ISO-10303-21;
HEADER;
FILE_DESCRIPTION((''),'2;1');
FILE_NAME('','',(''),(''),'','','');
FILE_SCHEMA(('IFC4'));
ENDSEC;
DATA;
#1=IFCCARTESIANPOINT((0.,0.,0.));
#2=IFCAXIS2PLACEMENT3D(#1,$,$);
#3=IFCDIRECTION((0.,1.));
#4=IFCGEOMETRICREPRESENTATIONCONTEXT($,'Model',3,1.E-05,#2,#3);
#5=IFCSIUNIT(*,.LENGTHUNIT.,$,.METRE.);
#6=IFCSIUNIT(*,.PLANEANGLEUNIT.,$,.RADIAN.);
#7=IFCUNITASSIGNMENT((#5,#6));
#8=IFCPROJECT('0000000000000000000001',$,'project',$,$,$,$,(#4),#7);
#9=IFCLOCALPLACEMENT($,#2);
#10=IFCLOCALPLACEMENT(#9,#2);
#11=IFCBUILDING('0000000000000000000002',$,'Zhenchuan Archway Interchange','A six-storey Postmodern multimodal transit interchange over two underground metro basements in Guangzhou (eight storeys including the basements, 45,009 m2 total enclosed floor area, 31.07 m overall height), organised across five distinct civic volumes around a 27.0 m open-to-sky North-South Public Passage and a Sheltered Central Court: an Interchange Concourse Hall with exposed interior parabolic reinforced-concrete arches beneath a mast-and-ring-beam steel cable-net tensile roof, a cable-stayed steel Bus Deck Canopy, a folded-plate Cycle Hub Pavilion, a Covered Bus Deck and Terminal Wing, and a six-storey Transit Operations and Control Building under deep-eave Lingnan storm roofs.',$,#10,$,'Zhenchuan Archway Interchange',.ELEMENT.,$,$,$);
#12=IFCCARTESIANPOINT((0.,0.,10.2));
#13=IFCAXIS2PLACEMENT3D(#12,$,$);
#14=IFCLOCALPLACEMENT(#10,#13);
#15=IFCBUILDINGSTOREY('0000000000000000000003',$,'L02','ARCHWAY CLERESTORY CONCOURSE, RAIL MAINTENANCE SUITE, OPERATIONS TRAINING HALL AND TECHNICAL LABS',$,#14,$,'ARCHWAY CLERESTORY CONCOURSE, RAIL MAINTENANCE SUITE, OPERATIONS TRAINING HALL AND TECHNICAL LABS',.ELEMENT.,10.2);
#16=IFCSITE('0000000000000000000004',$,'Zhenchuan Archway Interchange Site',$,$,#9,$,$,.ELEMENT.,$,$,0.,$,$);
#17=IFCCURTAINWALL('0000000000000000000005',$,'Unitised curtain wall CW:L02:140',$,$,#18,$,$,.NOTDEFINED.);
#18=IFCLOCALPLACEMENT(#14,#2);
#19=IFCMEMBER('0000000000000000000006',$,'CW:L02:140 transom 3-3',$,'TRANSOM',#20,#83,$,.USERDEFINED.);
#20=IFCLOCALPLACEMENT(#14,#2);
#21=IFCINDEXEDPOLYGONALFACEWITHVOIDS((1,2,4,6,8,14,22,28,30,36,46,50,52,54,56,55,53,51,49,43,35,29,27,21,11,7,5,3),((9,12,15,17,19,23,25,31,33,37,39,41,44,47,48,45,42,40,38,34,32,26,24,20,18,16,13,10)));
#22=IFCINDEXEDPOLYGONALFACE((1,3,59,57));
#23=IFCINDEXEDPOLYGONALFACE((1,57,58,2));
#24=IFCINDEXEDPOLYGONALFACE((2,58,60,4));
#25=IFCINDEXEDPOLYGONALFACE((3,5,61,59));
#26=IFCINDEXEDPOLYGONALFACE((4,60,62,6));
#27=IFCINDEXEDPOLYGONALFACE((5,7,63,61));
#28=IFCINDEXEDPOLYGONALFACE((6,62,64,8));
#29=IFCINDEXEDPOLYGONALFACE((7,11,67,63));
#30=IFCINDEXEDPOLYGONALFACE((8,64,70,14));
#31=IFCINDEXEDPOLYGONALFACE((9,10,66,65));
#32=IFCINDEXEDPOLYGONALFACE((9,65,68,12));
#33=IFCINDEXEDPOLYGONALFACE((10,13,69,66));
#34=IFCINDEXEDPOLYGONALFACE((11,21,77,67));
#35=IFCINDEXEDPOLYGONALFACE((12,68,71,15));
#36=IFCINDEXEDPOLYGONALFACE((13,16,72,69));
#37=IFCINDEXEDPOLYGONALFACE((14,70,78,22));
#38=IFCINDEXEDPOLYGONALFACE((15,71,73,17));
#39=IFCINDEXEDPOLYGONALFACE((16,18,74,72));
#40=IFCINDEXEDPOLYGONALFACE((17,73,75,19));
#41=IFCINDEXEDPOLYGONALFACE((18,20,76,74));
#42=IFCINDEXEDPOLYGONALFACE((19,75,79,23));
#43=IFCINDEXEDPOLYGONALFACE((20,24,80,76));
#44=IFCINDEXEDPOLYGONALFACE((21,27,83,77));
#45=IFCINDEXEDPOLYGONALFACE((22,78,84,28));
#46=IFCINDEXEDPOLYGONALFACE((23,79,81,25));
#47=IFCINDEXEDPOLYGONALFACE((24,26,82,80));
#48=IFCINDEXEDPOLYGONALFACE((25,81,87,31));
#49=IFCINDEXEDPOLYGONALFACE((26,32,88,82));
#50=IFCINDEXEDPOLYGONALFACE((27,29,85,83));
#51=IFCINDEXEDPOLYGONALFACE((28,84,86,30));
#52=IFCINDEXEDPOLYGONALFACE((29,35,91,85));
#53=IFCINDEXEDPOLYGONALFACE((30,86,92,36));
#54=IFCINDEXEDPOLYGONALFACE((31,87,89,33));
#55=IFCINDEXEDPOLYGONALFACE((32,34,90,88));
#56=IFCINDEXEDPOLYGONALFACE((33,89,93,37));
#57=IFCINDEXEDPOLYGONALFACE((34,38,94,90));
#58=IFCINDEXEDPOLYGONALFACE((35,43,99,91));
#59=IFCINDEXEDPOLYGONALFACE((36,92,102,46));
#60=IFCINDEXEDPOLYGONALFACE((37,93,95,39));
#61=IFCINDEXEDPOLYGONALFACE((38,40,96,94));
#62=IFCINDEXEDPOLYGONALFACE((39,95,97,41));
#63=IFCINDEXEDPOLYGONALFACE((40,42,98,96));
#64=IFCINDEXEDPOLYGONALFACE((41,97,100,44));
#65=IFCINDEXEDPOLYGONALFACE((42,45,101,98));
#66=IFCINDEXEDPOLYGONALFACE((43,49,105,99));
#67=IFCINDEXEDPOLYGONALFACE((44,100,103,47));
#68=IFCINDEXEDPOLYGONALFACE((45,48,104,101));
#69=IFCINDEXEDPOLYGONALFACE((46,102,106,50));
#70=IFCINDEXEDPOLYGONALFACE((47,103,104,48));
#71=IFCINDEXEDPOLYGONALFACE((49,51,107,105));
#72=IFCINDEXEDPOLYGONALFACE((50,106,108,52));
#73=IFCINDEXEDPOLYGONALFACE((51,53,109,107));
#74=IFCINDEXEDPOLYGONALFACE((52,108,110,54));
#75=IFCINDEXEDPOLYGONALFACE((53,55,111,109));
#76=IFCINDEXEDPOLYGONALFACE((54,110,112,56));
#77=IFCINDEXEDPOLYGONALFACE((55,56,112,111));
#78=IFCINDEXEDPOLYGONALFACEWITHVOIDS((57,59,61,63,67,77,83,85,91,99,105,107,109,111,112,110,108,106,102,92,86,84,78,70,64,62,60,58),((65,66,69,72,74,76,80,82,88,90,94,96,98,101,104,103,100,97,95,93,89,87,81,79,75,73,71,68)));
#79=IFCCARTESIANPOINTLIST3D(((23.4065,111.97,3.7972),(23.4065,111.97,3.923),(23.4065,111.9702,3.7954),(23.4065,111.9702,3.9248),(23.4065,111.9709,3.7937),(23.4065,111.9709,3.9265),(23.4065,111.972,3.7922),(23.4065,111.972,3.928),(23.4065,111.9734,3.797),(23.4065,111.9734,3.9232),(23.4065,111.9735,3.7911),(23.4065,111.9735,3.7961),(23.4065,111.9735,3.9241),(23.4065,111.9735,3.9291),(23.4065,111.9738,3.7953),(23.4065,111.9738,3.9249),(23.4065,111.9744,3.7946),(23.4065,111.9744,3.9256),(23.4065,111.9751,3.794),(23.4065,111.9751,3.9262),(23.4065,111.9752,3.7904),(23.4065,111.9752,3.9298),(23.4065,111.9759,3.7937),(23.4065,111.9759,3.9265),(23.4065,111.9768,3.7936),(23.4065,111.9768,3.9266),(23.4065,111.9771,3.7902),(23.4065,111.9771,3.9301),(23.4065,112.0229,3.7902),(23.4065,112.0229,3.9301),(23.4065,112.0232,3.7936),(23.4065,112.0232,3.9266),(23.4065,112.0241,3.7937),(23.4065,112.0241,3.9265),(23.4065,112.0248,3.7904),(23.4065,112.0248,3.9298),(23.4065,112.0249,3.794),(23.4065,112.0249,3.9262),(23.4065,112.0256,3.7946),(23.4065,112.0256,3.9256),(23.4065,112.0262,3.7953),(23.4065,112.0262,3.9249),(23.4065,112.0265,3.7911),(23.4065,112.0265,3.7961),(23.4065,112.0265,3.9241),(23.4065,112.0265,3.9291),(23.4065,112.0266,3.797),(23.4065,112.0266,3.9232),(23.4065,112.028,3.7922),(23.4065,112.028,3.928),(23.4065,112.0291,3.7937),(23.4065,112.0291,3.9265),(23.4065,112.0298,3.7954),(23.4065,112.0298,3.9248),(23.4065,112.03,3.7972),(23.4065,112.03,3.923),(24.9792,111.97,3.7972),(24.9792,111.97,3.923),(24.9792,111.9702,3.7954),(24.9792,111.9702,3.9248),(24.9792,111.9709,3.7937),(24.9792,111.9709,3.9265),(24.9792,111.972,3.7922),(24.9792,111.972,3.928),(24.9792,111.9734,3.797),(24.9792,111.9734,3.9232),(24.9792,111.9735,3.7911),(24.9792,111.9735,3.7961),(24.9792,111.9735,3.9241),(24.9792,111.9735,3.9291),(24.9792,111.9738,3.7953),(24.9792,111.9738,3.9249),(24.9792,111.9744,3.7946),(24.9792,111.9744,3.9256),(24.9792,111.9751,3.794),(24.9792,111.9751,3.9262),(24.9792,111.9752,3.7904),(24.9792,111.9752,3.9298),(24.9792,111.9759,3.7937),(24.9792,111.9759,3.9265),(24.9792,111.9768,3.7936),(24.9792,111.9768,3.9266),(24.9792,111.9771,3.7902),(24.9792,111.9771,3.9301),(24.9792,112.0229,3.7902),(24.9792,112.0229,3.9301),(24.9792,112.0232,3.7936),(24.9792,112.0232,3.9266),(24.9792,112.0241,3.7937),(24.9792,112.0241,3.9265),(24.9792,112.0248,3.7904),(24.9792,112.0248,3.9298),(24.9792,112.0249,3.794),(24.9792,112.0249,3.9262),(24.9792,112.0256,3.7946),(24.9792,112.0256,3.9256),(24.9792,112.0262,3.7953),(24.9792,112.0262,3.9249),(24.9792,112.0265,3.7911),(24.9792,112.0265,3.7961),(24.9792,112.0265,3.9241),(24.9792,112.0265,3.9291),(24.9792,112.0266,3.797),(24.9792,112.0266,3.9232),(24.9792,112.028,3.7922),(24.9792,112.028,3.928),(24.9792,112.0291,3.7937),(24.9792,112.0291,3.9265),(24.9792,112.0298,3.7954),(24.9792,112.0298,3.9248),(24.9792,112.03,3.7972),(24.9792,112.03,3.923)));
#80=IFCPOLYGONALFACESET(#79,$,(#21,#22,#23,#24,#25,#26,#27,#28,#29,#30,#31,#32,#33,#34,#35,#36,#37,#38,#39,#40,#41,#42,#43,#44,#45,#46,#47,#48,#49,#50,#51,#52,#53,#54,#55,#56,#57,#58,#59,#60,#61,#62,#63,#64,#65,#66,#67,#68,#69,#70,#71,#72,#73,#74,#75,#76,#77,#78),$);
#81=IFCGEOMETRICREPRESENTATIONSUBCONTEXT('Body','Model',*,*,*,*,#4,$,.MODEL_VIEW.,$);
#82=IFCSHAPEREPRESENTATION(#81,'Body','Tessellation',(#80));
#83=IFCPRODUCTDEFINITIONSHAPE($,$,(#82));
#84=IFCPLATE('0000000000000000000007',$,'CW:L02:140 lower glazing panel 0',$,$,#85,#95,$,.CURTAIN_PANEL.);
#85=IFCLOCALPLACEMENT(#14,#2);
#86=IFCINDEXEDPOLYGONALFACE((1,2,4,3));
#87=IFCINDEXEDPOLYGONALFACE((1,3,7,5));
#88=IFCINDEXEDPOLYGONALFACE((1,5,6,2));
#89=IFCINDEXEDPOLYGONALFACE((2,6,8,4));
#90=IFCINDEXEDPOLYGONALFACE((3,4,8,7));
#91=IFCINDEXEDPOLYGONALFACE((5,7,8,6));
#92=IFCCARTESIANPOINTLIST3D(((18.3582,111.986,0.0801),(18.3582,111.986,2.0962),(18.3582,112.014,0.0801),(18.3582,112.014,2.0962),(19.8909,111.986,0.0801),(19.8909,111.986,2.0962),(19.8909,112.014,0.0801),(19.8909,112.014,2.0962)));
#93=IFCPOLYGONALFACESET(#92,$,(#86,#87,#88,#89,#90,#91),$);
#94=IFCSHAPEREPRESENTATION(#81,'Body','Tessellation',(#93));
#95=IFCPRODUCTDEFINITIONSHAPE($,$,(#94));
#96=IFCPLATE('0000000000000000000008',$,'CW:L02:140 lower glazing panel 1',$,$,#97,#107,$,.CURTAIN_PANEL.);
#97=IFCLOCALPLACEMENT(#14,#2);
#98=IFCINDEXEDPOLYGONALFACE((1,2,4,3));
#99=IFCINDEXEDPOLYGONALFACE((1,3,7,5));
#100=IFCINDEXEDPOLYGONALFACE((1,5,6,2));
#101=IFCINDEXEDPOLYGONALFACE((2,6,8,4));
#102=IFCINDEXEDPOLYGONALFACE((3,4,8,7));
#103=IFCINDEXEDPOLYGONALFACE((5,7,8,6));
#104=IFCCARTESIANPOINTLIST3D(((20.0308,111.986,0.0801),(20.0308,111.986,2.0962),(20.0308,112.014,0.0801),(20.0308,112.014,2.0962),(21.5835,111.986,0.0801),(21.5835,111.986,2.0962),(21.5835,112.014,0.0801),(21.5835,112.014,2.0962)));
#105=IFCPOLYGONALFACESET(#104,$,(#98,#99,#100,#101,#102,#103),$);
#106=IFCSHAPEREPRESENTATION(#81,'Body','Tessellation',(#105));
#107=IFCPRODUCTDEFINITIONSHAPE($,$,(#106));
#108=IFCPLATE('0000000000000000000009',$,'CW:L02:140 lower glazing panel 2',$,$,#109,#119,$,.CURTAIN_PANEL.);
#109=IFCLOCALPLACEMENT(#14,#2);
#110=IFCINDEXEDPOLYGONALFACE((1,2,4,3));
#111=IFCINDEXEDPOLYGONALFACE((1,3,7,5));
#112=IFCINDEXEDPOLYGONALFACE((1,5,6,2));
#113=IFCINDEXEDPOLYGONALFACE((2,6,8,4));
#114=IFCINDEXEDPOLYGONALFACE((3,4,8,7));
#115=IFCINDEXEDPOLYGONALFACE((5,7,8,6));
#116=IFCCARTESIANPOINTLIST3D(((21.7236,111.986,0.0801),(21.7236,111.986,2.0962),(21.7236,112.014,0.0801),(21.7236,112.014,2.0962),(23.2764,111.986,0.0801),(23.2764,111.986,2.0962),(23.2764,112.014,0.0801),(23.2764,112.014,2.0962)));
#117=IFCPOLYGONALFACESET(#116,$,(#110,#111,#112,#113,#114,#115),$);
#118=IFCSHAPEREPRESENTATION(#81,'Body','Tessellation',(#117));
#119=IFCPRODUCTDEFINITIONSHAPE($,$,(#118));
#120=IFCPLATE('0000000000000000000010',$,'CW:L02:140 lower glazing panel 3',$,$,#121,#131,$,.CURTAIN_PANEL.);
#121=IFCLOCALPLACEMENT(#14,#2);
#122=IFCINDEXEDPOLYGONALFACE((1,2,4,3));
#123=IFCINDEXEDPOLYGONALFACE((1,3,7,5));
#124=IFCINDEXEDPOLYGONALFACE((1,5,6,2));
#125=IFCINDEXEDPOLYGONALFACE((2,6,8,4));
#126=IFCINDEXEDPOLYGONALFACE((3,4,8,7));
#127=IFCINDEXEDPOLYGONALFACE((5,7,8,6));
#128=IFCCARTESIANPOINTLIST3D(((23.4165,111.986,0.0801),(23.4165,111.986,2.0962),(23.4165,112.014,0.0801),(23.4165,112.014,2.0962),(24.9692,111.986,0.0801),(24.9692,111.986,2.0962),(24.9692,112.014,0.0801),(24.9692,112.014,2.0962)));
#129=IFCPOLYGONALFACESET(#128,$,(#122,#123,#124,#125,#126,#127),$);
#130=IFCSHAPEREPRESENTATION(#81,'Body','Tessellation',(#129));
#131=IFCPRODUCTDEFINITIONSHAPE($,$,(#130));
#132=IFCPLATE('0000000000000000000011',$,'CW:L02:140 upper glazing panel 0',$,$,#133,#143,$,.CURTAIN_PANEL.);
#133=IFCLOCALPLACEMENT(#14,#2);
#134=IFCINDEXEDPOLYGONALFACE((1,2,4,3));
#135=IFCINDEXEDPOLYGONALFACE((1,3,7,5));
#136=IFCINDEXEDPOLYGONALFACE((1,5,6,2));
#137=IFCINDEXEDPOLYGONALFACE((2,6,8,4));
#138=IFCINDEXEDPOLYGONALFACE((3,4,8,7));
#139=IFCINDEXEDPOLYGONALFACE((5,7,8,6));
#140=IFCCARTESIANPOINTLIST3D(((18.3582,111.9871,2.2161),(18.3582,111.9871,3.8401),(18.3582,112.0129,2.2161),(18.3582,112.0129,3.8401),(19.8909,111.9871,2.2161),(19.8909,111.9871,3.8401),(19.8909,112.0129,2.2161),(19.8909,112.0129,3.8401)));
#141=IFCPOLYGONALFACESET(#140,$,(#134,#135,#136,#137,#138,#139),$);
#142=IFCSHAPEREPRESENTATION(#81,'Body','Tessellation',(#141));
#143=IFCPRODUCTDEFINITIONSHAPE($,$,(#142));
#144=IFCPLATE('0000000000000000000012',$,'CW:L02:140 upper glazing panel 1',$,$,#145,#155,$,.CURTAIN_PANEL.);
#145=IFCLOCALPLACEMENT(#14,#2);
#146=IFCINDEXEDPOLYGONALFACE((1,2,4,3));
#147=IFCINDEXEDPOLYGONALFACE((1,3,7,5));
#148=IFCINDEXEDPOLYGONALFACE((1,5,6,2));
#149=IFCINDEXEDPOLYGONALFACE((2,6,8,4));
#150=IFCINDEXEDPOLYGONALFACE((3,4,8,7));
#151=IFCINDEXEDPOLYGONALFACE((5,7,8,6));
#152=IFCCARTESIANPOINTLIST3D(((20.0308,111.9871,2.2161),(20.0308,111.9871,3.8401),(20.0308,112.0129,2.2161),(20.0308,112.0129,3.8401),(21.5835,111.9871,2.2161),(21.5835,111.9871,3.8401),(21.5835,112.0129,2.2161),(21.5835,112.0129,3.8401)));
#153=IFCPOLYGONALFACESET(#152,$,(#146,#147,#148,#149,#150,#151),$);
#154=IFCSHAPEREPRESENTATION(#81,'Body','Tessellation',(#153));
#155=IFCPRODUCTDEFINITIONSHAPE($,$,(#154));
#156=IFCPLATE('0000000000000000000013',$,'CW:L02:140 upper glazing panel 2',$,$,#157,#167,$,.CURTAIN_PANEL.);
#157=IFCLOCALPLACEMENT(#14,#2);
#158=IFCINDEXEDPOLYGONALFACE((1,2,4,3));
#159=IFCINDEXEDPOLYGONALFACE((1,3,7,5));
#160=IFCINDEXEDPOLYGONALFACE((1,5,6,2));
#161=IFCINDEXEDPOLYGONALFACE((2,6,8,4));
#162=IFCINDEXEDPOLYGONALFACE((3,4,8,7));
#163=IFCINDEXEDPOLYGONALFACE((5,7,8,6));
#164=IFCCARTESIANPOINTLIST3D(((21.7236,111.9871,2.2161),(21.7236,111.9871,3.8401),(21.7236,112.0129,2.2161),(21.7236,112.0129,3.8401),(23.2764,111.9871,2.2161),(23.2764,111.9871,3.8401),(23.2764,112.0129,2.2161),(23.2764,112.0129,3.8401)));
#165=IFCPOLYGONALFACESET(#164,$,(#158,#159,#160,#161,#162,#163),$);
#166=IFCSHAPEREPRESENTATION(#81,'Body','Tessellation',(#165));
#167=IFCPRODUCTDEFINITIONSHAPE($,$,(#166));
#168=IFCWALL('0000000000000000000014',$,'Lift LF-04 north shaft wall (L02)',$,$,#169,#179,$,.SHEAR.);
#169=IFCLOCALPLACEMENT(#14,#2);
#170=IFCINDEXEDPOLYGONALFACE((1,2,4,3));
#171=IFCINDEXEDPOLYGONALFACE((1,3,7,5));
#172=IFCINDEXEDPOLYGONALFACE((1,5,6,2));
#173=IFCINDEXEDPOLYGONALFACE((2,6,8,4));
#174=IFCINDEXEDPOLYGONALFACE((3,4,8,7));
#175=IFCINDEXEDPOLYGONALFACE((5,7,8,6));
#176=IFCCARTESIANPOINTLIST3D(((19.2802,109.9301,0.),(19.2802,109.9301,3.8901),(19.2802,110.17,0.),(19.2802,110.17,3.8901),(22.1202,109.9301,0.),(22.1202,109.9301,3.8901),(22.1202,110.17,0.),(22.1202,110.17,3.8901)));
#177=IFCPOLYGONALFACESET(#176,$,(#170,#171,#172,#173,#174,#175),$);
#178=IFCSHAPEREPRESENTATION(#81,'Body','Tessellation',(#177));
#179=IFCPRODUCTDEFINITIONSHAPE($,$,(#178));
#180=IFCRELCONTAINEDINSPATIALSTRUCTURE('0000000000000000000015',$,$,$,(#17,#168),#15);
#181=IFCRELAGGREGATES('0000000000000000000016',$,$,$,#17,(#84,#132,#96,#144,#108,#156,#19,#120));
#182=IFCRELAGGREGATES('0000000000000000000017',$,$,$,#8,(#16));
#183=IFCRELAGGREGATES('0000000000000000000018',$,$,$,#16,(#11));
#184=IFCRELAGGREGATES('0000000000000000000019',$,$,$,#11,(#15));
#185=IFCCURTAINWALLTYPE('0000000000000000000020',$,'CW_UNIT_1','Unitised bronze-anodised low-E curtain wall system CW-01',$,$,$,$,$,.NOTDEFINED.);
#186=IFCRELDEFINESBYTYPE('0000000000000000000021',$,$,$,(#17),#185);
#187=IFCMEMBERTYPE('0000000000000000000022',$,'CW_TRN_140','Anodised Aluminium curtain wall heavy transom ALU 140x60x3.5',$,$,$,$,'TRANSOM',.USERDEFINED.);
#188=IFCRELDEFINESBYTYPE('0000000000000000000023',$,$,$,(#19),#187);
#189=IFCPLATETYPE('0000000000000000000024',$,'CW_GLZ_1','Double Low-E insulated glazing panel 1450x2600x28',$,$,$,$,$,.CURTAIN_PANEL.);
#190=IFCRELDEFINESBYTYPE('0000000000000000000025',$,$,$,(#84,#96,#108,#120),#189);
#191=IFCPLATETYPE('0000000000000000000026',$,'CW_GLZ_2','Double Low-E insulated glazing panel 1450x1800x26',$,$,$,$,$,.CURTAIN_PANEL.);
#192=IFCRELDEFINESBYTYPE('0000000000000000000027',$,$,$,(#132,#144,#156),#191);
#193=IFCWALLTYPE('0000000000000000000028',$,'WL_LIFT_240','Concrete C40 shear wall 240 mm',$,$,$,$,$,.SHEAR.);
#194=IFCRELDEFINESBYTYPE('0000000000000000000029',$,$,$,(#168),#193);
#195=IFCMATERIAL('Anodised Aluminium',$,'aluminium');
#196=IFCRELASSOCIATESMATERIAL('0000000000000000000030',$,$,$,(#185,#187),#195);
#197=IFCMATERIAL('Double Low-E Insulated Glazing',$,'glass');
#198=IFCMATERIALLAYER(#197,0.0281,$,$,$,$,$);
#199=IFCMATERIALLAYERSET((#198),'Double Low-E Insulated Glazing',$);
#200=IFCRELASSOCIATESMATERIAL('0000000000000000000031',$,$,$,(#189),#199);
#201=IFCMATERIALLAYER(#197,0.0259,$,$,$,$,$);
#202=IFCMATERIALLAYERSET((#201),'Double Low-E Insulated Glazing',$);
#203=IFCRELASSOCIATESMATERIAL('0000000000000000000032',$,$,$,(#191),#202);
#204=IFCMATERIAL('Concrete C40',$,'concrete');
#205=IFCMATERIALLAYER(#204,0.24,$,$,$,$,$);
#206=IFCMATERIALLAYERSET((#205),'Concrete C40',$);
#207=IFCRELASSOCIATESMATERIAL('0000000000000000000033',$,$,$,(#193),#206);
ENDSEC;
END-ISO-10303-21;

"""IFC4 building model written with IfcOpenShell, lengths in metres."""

from ifc_helpers import new_model, si_unit, direction, frame, frame_2d, origin, origin_2d, place, context, subcontext, project, spatial, rectangle, hollow_rectangle, extrude, material, layer, layer_set, material_profile, profile_set, type_object, element, aggregate, save


model = new_model("IFC4")

# Units and contexts
model_context = context("Model", 3, precision=1e-05, world=origin(), true_north=direction((0.0, 1.0)))
body_context = subcontext(model_context, "Body", "Model", "MODEL_VIEW")
ifc_project = project(units=[si_unit("LENGTHUNIT", "METRE"), si_unit("PLANEANGLEUNIT", "RADIAN")], contexts=[model_context])

# Site, building, storey
site_placement = place(None, origin())
site = spatial("IfcSite", under=ifc_project, at=site_placement, Name="Zhenchuan Archway Interchange Site", CompositionType="ELEMENT", RefElevation=0.0)
building_placement = place(site_placement, origin())
building = spatial("IfcBuilding", under=site, at=building_placement, Name="Zhenchuan Archway Interchange", Description="A six-storey Postmodern multimodal transit interchange over two underground metro basements in Guangzhou (eight storeys including the basements, 45,009 m2 total enclosed floor area, 31.07 m overall height), organised across five distinct civic volumes around a 27.0 m open-to-sky North-South Public Passage and a Sheltered Central Court: an Interchange Concourse Hall with exposed interior parabolic reinforced-concrete arches beneath a mast-and-ring-beam steel cable-net tensile roof, a cable-stayed steel Bus Deck Canopy, a folded-plate Cycle Hub Pavilion, a Covered Bus Deck and Terminal Wing, and a six-storey Transit Operations and Control Building under deep-eave Lingnan storm roofs.", LongName="Zhenchuan Archway Interchange", CompositionType="ELEMENT")
storey_placement = place(building_placement, frame((0.0, 0.0, 10.2)))
storey = spatial("IfcBuildingStorey", under=building, at=storey_placement, Name="L02", Description="ARCHWAY CLERESTORY CONCOURSE, RAIL MAINTENANCE SUITE, OPERATIONS TRAINING HALL AND TECHNICAL LABS", LongName="ARCHWAY CLERESTORY CONCOURSE, RAIL MAINTENANCE SUITE, OPERATIONS TRAINING HALL AND TECHNICAL LABS", CompositionType="ELEMENT", Elevation=10.2)

# Curtain wall, member, plates
ifc_material_1 = material(Name="Anodised Aluminium", Category="aluminium")
curtain_wall_type = type_object("IfcCurtainWallType", Name="CW_UNIT_1", Description="Unitised bronze-anodised low-E curtain wall system CW-01", PredefinedType="NOTDEFINED", material=ifc_material_1)
curtain_wall_placement = place(storey_placement, origin())
curtain_wall = element("IfcCurtainWall", 1, at=curtain_wall_placement, inside=storey, type_object=curtain_wall_type, Name="Unitised curtain wall CW:L02:140", PredefinedType="NOTDEFINED")
ifc_material_profile_1 = material_profile(ifc_material_1, hollow_rectangle(XDim=0.0601, YDim=0.1399, WallThickness=0.0034, InnerFilletRadius=0.0034, OuterFilletRadius=0.0071, at=origin_2d()), Name="ALU 140x60x3.5")
ifc_profile_set_1 = profile_set([ifc_material_profile_1], Name="Anodised Aluminium")
member_type_1 = type_object("IfcMemberType", Name="CW_TRN_140", Description="Anodised Aluminium curtain wall heavy transom ALU 140x60x3.5", ElementType="TRANSOM", PredefinedType="USERDEFINED", material=ifc_profile_set_1)
member_1_placement = place(storey_placement, frame((23.4065, 112.0, 3.8601), z_axis=(1.0, 0.0, 0.0), x_axis=(0.0, 1.0, 0.0)))
member_1 = element("IfcMember", 2, at=member_1_placement, type_object=member_type_1, Name="CW:L02:140 transom 3-3", ObjectType="TRANSOM", PredefinedType="USERDEFINED", context=body_context, shape_type="SweptSolid", body=[
    extrude(hollow_rectangle(XDim=0.0601, YDim=0.1399, WallThickness=0.0034, InnerFilletRadius=0.0034, OuterFilletRadius=0.0071, at=origin_2d()), origin(), (0.0, 0.0, 1.0), 1.5728),
])
ifc_material_2 = material(Name="Double Low-E Insulated Glazing", Category="glass")
ifc_layer_1 = layer(ifc_material_2, 0.0281)
ifc_layer_set_1 = layer_set([ifc_layer_1], Name="Double Low-E Insulated Glazing")
plate_type_1 = type_object("IfcPlateType", Name="CW_GLZ_1", Description="Double Low-E insulated glazing panel 1450x2600x28", PredefinedType="CURTAIN_PANEL", material=ifc_layer_set_1)
plate_1_placement = place(storey_placement, frame((19.1245, 112.0, 0.0801), z_axis=(0.0, 0.0, 1.0), x_axis=(1.0, 0.0, 0.0)))
plate_1 = element("IfcPlate", 3, at=plate_1_placement, type_object=plate_type_1, Name="CW:L02:140 lower glazing panel 0", PredefinedType="CURTAIN_PANEL", context=body_context, shape_type="SweptSolid", body=[
    extrude(rectangle(XDim=1.5327, YDim=0.0281, at=origin_2d()), origin(), (0.0, 0.0, 1.0), 2.0161),
])
plate_2_placement = place(storey_placement, frame((20.8071, 112.0, 0.0801), z_axis=(0.0, 0.0, 1.0), x_axis=(1.0, 0.0, 0.0)))
plate_2 = element("IfcPlate", 4, at=plate_2_placement, type_object=plate_type_1, Name="CW:L02:140 lower glazing panel 1", PredefinedType="CURTAIN_PANEL", context=body_context, shape_type="SweptSolid", body=[
    extrude(rectangle(XDim=1.5527, YDim=0.0281, at=origin_2d()), origin(), (0.0, 0.0, 1.0), 2.0161),
])
plate_3_placement = place(storey_placement, frame((22.5, 112.0, 0.0801), z_axis=(0.0, 0.0, 1.0), x_axis=(1.0, 0.0, 0.0)))
plate_3 = element("IfcPlate", 5, at=plate_3_placement, type_object=plate_type_1, Name="CW:L02:140 lower glazing panel 2", PredefinedType="CURTAIN_PANEL", context=body_context, shape_type="SweptSolid", body=[
    extrude(rectangle(XDim=1.5527, YDim=0.0281, at=origin_2d()), origin(), (0.0, 0.0, 1.0), 2.0161),
])
plate_4_placement = place(storey_placement, frame((24.1929, 112.0, 0.0801), z_axis=(0.0, 0.0, 1.0), x_axis=(1.0, 0.0, 0.0)))
plate_4 = element("IfcPlate", 6, at=plate_4_placement, type_object=plate_type_1, Name="CW:L02:140 lower glazing panel 3", PredefinedType="CURTAIN_PANEL", context=body_context, shape_type="SweptSolid", body=[
    extrude(rectangle(XDim=1.5527, YDim=0.0281, at=origin_2d()), origin(), (0.0, 0.0, 1.0), 2.0161),
])
ifc_layer_2 = layer(ifc_material_2, 0.0259)
ifc_layer_set_2 = layer_set([ifc_layer_2], Name="Double Low-E Insulated Glazing")
plate_type_2 = type_object("IfcPlateType", Name="CW_GLZ_2", Description="Double Low-E insulated glazing panel 1450x1800x26", PredefinedType="CURTAIN_PANEL", material=ifc_layer_set_2)
plate_5_placement = place(storey_placement, frame((19.1245, 112.0, 2.2161), z_axis=(0.0, 0.0, 1.0), x_axis=(1.0, 0.0, 0.0)))
plate_5 = element("IfcPlate", 7, at=plate_5_placement, type_object=plate_type_2, Name="CW:L02:140 upper glazing panel 0", PredefinedType="CURTAIN_PANEL", context=body_context, shape_type="SweptSolid", body=[
    extrude(rectangle(XDim=1.5327, YDim=0.0259, at=origin_2d()), origin(), (0.0, 0.0, 1.0), 1.624),
])
plate_6_placement = place(storey_placement, frame((20.8071, 112.0, 2.2161), z_axis=(0.0, 0.0, 1.0), x_axis=(1.0, 0.0, 0.0)))
plate_6 = element("IfcPlate", 8, at=plate_6_placement, type_object=plate_type_2, Name="CW:L02:140 upper glazing panel 1", PredefinedType="CURTAIN_PANEL", context=body_context, shape_type="SweptSolid", body=[
    extrude(rectangle(XDim=1.5527, YDim=0.0259, at=origin_2d()), origin(), (0.0, 0.0, 1.0), 1.624),
])
plate_7_placement = place(storey_placement, frame((22.5, 112.0, 2.2161), z_axis=(0.0, 0.0, 1.0), x_axis=(1.0, 0.0, 0.0)))
plate_7 = element("IfcPlate", 9, at=plate_7_placement, type_object=plate_type_2, Name="CW:L02:140 upper glazing panel 2", PredefinedType="CURTAIN_PANEL", context=body_context, shape_type="SweptSolid", body=[
    extrude(rectangle(XDim=1.5527, YDim=0.0259, at=origin_2d()), origin(), (0.0, 0.0, 1.0), 1.624),
])
aggregate(curtain_wall, [plate_1, plate_5, plate_2, plate_6, plate_3, plate_7, member_1, plate_4])

# Wall
ifc_material_3 = material(Name="Concrete C40", Category="concrete")
ifc_layer_3 = layer(ifc_material_3, 0.24)
ifc_layer_set_3 = layer_set([ifc_layer_3], Name="Concrete C40")
wall_type = type_object("IfcWallType", Name="WL_LIFT_240", Description="Concrete C40 shear wall 240 mm", PredefinedType="SHEAR", material=ifc_layer_set_3)
wall_placement = place(storey_placement, frame((22.1201, 110.05, 0.0), z_axis=(0.0, 0.0, 1.0), x_axis=(-1.0, 0.0, 0.0)))
element("IfcWall", 10, at=wall_placement, inside=storey, type_object=wall_type, Name="Lift LF-04 north shaft wall (L02)", PredefinedType="SHEAR", context=body_context, shape_type="SweptSolid", body=[
    extrude(rectangle(XDim=2.8401, YDim=0.24, at=frame_2d((1.4199, 0.0))), origin(), (0.0, 0.0, 1.0), 3.8901),
])

save(model, "model.ifc")
